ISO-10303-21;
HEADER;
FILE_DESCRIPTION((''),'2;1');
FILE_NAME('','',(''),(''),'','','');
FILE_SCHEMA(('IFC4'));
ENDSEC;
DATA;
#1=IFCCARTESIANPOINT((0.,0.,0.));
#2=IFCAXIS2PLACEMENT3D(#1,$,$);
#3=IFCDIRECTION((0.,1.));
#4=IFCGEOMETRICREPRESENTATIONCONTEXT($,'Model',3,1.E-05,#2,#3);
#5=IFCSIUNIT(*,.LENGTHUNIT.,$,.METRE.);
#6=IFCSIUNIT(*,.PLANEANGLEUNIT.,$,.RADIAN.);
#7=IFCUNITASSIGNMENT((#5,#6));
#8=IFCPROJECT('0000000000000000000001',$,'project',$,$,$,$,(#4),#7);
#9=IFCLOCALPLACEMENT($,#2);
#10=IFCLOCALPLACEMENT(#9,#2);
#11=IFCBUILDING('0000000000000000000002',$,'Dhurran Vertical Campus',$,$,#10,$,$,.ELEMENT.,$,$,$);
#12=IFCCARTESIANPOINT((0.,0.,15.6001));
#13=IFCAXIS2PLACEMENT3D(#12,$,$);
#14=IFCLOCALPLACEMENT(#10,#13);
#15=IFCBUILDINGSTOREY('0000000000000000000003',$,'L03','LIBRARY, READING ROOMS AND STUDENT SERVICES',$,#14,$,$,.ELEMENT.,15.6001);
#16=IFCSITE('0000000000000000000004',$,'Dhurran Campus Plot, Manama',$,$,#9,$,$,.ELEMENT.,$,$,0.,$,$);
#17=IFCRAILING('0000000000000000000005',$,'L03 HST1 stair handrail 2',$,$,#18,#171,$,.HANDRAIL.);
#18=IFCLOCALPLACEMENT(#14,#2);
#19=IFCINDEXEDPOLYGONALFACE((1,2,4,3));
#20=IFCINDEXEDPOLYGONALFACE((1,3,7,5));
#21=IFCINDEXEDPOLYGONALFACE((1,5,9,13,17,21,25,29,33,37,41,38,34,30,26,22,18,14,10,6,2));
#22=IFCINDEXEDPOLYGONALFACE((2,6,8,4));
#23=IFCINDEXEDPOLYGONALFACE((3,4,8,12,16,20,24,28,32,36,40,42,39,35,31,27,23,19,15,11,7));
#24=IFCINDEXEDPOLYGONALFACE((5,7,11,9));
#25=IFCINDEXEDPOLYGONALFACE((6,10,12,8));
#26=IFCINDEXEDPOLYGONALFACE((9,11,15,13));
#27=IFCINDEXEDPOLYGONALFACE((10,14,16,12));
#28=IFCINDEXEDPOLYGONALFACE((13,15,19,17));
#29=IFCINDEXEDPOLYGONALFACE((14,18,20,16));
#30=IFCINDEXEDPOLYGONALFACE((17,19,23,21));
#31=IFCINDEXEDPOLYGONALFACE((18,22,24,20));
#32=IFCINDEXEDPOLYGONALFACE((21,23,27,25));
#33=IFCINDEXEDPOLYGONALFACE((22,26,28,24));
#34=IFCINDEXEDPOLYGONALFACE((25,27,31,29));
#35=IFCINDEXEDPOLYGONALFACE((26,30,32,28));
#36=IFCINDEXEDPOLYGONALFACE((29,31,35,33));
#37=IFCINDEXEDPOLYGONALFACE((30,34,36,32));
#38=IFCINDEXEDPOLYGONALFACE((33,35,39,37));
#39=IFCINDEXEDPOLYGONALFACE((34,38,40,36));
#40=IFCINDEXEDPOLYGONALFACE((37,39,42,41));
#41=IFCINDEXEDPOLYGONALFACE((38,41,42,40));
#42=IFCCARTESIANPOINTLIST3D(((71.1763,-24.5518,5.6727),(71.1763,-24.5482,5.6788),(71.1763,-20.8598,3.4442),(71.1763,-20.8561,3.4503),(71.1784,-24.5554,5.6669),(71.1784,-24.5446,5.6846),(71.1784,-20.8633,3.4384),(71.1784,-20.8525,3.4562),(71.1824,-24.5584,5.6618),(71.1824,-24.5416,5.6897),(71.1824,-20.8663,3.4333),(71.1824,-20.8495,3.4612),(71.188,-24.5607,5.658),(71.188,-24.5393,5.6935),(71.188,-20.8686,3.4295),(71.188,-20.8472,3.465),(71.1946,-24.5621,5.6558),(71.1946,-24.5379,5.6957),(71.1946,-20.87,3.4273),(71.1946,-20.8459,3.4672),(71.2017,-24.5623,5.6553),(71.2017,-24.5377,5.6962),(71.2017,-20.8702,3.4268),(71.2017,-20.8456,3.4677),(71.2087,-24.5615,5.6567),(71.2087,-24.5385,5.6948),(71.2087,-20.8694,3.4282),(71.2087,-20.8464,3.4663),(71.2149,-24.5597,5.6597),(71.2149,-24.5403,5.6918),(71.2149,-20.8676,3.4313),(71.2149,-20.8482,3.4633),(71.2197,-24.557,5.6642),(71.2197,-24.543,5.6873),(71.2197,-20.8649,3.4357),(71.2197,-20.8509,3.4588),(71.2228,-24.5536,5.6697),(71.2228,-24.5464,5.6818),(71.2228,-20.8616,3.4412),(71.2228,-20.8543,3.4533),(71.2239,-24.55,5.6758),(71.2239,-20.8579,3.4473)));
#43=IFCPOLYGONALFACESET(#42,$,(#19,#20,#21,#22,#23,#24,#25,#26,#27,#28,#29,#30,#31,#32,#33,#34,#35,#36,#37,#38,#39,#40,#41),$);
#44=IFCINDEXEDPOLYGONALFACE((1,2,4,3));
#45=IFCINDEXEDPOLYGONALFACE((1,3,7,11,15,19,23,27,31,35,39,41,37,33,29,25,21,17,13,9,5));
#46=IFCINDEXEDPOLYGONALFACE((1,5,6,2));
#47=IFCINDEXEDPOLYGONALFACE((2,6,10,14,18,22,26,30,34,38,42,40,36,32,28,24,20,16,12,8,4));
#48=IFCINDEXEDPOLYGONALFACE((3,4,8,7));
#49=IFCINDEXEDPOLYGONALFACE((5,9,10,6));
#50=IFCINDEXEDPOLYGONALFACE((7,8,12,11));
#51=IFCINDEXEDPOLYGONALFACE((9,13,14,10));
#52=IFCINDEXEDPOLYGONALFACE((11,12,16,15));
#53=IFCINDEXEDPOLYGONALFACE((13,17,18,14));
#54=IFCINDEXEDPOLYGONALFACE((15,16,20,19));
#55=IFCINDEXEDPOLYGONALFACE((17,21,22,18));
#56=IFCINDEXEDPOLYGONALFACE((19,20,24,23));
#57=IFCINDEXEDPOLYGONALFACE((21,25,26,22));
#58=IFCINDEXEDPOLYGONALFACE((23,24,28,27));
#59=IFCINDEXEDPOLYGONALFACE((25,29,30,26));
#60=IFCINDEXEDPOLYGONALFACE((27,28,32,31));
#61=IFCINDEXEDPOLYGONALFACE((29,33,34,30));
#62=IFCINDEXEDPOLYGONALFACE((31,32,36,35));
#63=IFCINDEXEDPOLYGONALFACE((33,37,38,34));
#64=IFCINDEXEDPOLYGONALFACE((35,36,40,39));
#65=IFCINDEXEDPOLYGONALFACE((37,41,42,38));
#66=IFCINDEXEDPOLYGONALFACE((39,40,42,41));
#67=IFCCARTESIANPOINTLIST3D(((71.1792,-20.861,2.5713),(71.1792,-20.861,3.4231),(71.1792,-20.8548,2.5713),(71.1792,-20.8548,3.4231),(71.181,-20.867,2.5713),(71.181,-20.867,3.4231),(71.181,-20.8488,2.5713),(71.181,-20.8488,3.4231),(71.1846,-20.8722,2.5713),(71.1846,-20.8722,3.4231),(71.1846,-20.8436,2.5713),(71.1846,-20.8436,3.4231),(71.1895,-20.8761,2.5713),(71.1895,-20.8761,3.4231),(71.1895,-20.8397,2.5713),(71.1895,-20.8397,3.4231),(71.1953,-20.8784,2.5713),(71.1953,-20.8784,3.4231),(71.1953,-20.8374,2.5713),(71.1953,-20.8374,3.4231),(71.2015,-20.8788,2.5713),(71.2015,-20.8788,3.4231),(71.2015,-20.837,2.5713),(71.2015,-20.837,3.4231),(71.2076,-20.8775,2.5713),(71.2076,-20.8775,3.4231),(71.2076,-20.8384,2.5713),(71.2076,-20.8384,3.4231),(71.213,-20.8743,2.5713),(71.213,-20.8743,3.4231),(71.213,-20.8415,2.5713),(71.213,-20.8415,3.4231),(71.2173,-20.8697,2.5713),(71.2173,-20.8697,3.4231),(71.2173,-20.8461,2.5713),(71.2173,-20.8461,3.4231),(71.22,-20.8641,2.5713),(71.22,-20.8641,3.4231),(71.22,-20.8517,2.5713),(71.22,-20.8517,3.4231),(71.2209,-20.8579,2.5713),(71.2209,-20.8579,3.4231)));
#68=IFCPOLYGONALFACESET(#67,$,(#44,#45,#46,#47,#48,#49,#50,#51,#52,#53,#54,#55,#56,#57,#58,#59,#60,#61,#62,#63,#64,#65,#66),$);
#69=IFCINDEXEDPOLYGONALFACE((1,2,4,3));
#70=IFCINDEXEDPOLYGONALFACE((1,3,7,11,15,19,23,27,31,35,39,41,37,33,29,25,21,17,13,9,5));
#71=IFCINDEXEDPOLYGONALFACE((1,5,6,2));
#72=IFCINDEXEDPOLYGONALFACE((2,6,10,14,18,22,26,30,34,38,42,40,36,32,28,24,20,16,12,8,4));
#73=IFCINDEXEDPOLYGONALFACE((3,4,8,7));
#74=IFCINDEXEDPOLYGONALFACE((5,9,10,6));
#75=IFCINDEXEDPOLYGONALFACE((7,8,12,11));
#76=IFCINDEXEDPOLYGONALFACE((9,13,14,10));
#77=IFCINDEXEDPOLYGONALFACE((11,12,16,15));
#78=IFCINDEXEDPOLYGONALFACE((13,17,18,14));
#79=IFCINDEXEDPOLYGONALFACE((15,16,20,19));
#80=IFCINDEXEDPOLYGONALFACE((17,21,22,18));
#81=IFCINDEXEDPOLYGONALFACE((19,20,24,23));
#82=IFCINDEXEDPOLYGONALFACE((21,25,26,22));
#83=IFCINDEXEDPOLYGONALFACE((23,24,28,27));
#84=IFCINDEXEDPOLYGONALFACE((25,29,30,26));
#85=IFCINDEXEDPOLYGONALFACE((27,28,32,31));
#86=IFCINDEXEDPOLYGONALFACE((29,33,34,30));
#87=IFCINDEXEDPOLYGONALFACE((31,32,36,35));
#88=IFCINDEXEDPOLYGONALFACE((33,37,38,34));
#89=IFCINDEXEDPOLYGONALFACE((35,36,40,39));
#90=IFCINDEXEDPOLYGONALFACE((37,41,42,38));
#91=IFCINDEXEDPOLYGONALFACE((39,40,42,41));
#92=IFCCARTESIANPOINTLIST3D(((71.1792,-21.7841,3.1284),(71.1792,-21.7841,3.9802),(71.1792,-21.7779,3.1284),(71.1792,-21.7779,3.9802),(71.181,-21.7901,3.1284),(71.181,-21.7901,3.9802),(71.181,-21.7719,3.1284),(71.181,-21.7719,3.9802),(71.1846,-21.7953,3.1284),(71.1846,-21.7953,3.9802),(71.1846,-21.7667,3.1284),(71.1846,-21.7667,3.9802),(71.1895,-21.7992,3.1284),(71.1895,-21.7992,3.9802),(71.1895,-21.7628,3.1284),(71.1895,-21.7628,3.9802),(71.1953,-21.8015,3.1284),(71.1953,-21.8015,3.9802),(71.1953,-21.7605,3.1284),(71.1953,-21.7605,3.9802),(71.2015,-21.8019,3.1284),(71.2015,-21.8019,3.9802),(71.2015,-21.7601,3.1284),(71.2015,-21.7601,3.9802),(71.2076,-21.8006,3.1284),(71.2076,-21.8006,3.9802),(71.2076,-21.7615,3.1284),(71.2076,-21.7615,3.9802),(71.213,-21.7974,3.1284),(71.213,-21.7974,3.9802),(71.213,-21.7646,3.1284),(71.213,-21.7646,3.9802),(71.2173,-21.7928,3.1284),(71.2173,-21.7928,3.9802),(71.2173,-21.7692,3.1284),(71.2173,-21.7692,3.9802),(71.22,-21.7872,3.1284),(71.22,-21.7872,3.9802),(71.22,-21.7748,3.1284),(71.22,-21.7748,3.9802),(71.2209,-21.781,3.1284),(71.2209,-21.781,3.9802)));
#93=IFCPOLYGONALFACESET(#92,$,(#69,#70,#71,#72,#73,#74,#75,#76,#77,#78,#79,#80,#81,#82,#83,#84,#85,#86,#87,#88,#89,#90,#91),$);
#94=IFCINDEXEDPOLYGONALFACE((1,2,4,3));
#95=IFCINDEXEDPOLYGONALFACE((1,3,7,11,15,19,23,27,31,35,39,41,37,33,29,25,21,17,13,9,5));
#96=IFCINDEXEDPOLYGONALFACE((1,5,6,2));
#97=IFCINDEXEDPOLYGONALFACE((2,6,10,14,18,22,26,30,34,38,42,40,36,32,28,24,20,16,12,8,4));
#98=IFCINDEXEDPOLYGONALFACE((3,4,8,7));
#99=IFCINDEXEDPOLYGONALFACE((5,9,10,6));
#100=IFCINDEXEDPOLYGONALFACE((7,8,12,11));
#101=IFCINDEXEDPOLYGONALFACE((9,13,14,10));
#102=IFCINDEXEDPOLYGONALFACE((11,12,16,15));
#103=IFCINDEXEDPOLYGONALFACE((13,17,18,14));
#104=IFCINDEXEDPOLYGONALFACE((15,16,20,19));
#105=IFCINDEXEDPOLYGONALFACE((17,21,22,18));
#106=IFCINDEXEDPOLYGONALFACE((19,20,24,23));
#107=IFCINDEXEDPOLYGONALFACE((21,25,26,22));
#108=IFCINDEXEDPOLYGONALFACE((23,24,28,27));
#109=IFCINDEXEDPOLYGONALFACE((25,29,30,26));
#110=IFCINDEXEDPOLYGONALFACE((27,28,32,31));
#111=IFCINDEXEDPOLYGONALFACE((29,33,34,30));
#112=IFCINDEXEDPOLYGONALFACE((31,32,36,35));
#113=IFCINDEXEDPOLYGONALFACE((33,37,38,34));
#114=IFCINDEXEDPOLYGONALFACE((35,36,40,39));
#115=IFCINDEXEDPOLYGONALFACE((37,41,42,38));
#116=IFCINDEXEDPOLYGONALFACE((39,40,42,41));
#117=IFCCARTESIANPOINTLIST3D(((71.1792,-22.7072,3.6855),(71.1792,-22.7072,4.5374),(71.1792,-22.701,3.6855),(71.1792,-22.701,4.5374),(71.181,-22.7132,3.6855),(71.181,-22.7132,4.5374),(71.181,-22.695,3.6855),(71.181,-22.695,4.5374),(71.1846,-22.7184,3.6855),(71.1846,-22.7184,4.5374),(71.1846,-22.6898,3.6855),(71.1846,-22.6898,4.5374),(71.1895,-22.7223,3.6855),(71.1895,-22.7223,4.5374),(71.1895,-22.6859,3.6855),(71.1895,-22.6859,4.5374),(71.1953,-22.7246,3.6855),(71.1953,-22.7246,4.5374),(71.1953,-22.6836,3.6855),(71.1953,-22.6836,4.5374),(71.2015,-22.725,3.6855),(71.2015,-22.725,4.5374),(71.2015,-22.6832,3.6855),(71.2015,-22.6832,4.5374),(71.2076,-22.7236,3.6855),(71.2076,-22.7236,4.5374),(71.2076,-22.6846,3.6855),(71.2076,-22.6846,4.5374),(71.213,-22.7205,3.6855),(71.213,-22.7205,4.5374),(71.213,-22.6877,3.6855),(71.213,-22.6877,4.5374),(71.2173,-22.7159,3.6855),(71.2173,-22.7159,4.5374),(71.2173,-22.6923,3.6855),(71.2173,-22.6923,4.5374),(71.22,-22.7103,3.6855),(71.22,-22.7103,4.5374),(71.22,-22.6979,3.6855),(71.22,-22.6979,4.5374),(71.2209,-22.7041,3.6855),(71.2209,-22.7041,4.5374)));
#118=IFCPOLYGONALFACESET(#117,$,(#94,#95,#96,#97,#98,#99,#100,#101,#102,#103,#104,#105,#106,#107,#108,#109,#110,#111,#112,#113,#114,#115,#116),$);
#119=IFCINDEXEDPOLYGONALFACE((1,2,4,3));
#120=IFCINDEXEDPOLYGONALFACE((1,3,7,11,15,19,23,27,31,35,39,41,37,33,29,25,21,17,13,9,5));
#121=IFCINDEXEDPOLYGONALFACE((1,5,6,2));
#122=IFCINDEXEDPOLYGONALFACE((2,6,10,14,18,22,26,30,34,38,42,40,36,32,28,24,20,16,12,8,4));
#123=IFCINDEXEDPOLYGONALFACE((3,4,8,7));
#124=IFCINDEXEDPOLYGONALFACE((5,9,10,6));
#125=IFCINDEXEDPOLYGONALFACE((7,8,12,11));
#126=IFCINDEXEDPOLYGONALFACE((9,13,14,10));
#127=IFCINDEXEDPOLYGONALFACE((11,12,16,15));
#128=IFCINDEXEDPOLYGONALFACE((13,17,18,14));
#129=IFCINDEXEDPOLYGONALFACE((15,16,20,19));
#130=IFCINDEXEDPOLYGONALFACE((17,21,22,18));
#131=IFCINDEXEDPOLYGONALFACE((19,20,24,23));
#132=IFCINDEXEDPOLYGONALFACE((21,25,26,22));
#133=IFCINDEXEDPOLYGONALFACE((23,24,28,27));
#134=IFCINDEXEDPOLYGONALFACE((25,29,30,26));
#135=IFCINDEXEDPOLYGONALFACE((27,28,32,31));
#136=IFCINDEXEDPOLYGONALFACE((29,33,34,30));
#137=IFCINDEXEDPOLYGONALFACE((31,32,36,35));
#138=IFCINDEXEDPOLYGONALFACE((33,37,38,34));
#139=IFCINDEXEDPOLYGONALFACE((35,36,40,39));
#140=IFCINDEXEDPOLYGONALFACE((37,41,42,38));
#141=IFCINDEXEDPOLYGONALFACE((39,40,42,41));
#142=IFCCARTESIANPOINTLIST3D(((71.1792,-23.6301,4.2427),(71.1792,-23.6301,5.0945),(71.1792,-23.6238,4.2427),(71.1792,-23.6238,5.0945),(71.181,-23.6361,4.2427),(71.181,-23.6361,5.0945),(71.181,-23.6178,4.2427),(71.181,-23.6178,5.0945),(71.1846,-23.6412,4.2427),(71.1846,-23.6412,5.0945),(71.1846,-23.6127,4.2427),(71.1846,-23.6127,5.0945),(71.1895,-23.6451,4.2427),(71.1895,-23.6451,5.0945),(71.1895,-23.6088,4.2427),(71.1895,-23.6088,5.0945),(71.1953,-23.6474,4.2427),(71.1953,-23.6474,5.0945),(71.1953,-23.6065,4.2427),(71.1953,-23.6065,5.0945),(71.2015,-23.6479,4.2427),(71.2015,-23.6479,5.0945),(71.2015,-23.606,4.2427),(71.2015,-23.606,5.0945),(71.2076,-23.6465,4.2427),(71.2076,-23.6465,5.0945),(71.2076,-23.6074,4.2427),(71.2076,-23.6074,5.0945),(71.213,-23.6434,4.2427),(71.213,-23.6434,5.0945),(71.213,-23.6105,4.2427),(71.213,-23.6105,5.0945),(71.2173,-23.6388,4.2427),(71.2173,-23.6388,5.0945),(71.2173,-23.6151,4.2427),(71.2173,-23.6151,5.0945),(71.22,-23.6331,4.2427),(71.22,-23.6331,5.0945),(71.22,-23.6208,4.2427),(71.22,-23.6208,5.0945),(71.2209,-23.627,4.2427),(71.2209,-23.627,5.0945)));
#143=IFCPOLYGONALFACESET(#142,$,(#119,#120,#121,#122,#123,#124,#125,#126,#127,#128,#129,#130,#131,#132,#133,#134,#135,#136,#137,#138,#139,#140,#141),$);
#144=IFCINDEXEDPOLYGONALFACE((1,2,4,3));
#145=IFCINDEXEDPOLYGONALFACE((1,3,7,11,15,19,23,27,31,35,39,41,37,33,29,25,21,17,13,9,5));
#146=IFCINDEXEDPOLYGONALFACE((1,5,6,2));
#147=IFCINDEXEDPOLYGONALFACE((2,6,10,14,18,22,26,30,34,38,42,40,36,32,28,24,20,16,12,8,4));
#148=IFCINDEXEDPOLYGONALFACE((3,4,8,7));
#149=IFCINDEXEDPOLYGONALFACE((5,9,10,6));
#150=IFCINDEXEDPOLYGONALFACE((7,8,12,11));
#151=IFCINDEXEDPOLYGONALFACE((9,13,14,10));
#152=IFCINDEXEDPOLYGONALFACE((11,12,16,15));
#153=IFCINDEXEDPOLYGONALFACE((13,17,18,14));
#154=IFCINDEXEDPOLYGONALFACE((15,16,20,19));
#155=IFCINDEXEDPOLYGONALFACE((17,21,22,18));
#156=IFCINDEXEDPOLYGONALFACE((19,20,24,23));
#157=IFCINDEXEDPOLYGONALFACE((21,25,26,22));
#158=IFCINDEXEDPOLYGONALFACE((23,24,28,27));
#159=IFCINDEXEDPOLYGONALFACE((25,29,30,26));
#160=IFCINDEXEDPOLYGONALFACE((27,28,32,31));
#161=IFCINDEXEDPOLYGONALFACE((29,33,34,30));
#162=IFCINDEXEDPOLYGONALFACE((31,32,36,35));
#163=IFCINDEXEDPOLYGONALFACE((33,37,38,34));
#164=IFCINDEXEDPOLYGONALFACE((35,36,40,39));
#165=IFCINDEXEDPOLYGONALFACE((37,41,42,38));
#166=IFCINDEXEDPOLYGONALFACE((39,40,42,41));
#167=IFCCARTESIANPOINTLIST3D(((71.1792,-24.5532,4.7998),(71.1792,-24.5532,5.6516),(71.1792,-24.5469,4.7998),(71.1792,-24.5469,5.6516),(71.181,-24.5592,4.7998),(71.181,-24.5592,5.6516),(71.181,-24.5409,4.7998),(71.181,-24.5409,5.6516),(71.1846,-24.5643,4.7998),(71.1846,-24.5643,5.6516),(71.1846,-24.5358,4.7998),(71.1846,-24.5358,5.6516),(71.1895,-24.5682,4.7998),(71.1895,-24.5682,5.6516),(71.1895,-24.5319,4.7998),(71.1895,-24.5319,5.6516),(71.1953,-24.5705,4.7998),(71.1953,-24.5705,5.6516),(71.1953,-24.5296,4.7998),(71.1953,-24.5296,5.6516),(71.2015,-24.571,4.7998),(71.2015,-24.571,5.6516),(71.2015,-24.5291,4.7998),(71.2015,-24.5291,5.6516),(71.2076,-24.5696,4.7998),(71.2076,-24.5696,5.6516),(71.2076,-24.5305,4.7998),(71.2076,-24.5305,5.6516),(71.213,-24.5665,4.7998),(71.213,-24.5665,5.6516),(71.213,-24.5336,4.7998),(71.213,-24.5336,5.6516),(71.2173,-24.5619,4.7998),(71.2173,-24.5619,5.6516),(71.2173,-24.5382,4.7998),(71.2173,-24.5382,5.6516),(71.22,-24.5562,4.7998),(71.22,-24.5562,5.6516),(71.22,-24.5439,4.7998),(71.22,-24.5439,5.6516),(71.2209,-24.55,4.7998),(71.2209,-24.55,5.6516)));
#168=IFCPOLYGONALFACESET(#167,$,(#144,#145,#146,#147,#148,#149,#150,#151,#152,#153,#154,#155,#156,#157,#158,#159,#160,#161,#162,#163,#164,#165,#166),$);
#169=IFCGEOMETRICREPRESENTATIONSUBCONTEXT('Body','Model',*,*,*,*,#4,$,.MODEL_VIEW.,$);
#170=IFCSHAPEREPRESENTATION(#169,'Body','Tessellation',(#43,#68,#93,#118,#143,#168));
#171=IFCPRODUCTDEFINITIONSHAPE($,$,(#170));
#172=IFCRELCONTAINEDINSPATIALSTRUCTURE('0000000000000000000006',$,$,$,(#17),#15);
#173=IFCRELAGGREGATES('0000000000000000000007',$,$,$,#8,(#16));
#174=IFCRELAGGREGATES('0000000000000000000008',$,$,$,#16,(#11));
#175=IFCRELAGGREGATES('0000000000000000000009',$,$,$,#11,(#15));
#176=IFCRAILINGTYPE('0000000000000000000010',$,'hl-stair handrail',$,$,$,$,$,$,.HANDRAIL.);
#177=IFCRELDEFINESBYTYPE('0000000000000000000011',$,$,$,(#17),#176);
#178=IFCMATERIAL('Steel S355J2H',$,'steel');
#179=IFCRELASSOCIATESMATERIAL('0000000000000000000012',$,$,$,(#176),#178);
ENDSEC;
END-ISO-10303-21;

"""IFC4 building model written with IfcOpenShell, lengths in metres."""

from ifc_helpers import new_model, si_unit, direction, frame, origin, origin_2d, place, context, subcontext, project, spatial, circle, extrude, material, type_object, element, save


model = new_model("IFC4")

# Units and contexts
model_context = context("Model", 3, precision=1e-05, world=origin(), true_north=direction((0.0, 1.0)))
body_context = subcontext(model_context, "Body", "Model", "MODEL_VIEW")
ifc_project = project(units=[si_unit("LENGTHUNIT", "METRE"), si_unit("PLANEANGLEUNIT", "RADIAN")], contexts=[model_context])

# Site, building, storey
site_placement = place(None, origin())
site = spatial("IfcSite", under=ifc_project, at=site_placement, Name="Dhurran Campus Plot, Manama", CompositionType="ELEMENT", RefElevation=0.0)
building_placement = place(site_placement, origin())
building = spatial("IfcBuilding", under=site, at=building_placement, Name="Dhurran Vertical Campus", CompositionType="ELEMENT")
storey_placement = place(building_placement, frame((0.0, 0.0, 15.6001)))
storey = spatial("IfcBuildingStorey", under=building, at=storey_placement, Name="L03", Description="LIBRARY, READING ROOMS AND STUDENT SERVICES", CompositionType="ELEMENT", Elevation=15.6001)

# Railing
ifc_material_1 = material(Name="Steel S355J2H", Category="steel")
railing_type_1 = type_object("IfcRailingType", Name="hl-stair handrail", PredefinedType="HANDRAIL", material=ifc_material_1)
railing_1_placement = place(storey_placement, frame((71.2, -20.8579, 2.5713)))
element("IfcRailing", 1, at=railing_1_placement, inside=storey, type_object=railing_type_1, Name="L03 HST1 stair handrail 2", PredefinedType="HANDRAIL", context=body_context, shape_type="SweptSolid", body=[
    extrude(circle(Radius=0.0239, at=origin_2d()), frame((0.0, 0.0, 0.876), z_axis=(0.0, -0.856136, 0.51675), x_axis=(1.0, 0.0, 0.0)), (0.0, 0.0, 1.0), 4.3125),
    extrude(circle(Radius=0.021, at=origin_2d()), origin(), (0.0, 0.0, 1.0), 0.8518),
    extrude(circle(Radius=0.021, at=origin_2d()), frame((0.0, -0.9231, 0.5571)), (0.0, 0.0, 1.0), 0.8518),
    extrude(circle(Radius=0.021, at=origin_2d()), frame((0.0, -1.8462, 1.1143)), (0.0, 0.0, 1.0), 0.8518),
    extrude(circle(Radius=0.021, at=origin_2d()), frame((0.0, -2.769, 1.6714)), (0.0, 0.0, 1.0), 0.8518),
    extrude(circle(Radius=0.021, at=origin_2d()), frame((0.0, -3.6921, 2.2285)), (0.0, 0.0, 1.0), 0.8518),
])

save(model, "model.ifc")
